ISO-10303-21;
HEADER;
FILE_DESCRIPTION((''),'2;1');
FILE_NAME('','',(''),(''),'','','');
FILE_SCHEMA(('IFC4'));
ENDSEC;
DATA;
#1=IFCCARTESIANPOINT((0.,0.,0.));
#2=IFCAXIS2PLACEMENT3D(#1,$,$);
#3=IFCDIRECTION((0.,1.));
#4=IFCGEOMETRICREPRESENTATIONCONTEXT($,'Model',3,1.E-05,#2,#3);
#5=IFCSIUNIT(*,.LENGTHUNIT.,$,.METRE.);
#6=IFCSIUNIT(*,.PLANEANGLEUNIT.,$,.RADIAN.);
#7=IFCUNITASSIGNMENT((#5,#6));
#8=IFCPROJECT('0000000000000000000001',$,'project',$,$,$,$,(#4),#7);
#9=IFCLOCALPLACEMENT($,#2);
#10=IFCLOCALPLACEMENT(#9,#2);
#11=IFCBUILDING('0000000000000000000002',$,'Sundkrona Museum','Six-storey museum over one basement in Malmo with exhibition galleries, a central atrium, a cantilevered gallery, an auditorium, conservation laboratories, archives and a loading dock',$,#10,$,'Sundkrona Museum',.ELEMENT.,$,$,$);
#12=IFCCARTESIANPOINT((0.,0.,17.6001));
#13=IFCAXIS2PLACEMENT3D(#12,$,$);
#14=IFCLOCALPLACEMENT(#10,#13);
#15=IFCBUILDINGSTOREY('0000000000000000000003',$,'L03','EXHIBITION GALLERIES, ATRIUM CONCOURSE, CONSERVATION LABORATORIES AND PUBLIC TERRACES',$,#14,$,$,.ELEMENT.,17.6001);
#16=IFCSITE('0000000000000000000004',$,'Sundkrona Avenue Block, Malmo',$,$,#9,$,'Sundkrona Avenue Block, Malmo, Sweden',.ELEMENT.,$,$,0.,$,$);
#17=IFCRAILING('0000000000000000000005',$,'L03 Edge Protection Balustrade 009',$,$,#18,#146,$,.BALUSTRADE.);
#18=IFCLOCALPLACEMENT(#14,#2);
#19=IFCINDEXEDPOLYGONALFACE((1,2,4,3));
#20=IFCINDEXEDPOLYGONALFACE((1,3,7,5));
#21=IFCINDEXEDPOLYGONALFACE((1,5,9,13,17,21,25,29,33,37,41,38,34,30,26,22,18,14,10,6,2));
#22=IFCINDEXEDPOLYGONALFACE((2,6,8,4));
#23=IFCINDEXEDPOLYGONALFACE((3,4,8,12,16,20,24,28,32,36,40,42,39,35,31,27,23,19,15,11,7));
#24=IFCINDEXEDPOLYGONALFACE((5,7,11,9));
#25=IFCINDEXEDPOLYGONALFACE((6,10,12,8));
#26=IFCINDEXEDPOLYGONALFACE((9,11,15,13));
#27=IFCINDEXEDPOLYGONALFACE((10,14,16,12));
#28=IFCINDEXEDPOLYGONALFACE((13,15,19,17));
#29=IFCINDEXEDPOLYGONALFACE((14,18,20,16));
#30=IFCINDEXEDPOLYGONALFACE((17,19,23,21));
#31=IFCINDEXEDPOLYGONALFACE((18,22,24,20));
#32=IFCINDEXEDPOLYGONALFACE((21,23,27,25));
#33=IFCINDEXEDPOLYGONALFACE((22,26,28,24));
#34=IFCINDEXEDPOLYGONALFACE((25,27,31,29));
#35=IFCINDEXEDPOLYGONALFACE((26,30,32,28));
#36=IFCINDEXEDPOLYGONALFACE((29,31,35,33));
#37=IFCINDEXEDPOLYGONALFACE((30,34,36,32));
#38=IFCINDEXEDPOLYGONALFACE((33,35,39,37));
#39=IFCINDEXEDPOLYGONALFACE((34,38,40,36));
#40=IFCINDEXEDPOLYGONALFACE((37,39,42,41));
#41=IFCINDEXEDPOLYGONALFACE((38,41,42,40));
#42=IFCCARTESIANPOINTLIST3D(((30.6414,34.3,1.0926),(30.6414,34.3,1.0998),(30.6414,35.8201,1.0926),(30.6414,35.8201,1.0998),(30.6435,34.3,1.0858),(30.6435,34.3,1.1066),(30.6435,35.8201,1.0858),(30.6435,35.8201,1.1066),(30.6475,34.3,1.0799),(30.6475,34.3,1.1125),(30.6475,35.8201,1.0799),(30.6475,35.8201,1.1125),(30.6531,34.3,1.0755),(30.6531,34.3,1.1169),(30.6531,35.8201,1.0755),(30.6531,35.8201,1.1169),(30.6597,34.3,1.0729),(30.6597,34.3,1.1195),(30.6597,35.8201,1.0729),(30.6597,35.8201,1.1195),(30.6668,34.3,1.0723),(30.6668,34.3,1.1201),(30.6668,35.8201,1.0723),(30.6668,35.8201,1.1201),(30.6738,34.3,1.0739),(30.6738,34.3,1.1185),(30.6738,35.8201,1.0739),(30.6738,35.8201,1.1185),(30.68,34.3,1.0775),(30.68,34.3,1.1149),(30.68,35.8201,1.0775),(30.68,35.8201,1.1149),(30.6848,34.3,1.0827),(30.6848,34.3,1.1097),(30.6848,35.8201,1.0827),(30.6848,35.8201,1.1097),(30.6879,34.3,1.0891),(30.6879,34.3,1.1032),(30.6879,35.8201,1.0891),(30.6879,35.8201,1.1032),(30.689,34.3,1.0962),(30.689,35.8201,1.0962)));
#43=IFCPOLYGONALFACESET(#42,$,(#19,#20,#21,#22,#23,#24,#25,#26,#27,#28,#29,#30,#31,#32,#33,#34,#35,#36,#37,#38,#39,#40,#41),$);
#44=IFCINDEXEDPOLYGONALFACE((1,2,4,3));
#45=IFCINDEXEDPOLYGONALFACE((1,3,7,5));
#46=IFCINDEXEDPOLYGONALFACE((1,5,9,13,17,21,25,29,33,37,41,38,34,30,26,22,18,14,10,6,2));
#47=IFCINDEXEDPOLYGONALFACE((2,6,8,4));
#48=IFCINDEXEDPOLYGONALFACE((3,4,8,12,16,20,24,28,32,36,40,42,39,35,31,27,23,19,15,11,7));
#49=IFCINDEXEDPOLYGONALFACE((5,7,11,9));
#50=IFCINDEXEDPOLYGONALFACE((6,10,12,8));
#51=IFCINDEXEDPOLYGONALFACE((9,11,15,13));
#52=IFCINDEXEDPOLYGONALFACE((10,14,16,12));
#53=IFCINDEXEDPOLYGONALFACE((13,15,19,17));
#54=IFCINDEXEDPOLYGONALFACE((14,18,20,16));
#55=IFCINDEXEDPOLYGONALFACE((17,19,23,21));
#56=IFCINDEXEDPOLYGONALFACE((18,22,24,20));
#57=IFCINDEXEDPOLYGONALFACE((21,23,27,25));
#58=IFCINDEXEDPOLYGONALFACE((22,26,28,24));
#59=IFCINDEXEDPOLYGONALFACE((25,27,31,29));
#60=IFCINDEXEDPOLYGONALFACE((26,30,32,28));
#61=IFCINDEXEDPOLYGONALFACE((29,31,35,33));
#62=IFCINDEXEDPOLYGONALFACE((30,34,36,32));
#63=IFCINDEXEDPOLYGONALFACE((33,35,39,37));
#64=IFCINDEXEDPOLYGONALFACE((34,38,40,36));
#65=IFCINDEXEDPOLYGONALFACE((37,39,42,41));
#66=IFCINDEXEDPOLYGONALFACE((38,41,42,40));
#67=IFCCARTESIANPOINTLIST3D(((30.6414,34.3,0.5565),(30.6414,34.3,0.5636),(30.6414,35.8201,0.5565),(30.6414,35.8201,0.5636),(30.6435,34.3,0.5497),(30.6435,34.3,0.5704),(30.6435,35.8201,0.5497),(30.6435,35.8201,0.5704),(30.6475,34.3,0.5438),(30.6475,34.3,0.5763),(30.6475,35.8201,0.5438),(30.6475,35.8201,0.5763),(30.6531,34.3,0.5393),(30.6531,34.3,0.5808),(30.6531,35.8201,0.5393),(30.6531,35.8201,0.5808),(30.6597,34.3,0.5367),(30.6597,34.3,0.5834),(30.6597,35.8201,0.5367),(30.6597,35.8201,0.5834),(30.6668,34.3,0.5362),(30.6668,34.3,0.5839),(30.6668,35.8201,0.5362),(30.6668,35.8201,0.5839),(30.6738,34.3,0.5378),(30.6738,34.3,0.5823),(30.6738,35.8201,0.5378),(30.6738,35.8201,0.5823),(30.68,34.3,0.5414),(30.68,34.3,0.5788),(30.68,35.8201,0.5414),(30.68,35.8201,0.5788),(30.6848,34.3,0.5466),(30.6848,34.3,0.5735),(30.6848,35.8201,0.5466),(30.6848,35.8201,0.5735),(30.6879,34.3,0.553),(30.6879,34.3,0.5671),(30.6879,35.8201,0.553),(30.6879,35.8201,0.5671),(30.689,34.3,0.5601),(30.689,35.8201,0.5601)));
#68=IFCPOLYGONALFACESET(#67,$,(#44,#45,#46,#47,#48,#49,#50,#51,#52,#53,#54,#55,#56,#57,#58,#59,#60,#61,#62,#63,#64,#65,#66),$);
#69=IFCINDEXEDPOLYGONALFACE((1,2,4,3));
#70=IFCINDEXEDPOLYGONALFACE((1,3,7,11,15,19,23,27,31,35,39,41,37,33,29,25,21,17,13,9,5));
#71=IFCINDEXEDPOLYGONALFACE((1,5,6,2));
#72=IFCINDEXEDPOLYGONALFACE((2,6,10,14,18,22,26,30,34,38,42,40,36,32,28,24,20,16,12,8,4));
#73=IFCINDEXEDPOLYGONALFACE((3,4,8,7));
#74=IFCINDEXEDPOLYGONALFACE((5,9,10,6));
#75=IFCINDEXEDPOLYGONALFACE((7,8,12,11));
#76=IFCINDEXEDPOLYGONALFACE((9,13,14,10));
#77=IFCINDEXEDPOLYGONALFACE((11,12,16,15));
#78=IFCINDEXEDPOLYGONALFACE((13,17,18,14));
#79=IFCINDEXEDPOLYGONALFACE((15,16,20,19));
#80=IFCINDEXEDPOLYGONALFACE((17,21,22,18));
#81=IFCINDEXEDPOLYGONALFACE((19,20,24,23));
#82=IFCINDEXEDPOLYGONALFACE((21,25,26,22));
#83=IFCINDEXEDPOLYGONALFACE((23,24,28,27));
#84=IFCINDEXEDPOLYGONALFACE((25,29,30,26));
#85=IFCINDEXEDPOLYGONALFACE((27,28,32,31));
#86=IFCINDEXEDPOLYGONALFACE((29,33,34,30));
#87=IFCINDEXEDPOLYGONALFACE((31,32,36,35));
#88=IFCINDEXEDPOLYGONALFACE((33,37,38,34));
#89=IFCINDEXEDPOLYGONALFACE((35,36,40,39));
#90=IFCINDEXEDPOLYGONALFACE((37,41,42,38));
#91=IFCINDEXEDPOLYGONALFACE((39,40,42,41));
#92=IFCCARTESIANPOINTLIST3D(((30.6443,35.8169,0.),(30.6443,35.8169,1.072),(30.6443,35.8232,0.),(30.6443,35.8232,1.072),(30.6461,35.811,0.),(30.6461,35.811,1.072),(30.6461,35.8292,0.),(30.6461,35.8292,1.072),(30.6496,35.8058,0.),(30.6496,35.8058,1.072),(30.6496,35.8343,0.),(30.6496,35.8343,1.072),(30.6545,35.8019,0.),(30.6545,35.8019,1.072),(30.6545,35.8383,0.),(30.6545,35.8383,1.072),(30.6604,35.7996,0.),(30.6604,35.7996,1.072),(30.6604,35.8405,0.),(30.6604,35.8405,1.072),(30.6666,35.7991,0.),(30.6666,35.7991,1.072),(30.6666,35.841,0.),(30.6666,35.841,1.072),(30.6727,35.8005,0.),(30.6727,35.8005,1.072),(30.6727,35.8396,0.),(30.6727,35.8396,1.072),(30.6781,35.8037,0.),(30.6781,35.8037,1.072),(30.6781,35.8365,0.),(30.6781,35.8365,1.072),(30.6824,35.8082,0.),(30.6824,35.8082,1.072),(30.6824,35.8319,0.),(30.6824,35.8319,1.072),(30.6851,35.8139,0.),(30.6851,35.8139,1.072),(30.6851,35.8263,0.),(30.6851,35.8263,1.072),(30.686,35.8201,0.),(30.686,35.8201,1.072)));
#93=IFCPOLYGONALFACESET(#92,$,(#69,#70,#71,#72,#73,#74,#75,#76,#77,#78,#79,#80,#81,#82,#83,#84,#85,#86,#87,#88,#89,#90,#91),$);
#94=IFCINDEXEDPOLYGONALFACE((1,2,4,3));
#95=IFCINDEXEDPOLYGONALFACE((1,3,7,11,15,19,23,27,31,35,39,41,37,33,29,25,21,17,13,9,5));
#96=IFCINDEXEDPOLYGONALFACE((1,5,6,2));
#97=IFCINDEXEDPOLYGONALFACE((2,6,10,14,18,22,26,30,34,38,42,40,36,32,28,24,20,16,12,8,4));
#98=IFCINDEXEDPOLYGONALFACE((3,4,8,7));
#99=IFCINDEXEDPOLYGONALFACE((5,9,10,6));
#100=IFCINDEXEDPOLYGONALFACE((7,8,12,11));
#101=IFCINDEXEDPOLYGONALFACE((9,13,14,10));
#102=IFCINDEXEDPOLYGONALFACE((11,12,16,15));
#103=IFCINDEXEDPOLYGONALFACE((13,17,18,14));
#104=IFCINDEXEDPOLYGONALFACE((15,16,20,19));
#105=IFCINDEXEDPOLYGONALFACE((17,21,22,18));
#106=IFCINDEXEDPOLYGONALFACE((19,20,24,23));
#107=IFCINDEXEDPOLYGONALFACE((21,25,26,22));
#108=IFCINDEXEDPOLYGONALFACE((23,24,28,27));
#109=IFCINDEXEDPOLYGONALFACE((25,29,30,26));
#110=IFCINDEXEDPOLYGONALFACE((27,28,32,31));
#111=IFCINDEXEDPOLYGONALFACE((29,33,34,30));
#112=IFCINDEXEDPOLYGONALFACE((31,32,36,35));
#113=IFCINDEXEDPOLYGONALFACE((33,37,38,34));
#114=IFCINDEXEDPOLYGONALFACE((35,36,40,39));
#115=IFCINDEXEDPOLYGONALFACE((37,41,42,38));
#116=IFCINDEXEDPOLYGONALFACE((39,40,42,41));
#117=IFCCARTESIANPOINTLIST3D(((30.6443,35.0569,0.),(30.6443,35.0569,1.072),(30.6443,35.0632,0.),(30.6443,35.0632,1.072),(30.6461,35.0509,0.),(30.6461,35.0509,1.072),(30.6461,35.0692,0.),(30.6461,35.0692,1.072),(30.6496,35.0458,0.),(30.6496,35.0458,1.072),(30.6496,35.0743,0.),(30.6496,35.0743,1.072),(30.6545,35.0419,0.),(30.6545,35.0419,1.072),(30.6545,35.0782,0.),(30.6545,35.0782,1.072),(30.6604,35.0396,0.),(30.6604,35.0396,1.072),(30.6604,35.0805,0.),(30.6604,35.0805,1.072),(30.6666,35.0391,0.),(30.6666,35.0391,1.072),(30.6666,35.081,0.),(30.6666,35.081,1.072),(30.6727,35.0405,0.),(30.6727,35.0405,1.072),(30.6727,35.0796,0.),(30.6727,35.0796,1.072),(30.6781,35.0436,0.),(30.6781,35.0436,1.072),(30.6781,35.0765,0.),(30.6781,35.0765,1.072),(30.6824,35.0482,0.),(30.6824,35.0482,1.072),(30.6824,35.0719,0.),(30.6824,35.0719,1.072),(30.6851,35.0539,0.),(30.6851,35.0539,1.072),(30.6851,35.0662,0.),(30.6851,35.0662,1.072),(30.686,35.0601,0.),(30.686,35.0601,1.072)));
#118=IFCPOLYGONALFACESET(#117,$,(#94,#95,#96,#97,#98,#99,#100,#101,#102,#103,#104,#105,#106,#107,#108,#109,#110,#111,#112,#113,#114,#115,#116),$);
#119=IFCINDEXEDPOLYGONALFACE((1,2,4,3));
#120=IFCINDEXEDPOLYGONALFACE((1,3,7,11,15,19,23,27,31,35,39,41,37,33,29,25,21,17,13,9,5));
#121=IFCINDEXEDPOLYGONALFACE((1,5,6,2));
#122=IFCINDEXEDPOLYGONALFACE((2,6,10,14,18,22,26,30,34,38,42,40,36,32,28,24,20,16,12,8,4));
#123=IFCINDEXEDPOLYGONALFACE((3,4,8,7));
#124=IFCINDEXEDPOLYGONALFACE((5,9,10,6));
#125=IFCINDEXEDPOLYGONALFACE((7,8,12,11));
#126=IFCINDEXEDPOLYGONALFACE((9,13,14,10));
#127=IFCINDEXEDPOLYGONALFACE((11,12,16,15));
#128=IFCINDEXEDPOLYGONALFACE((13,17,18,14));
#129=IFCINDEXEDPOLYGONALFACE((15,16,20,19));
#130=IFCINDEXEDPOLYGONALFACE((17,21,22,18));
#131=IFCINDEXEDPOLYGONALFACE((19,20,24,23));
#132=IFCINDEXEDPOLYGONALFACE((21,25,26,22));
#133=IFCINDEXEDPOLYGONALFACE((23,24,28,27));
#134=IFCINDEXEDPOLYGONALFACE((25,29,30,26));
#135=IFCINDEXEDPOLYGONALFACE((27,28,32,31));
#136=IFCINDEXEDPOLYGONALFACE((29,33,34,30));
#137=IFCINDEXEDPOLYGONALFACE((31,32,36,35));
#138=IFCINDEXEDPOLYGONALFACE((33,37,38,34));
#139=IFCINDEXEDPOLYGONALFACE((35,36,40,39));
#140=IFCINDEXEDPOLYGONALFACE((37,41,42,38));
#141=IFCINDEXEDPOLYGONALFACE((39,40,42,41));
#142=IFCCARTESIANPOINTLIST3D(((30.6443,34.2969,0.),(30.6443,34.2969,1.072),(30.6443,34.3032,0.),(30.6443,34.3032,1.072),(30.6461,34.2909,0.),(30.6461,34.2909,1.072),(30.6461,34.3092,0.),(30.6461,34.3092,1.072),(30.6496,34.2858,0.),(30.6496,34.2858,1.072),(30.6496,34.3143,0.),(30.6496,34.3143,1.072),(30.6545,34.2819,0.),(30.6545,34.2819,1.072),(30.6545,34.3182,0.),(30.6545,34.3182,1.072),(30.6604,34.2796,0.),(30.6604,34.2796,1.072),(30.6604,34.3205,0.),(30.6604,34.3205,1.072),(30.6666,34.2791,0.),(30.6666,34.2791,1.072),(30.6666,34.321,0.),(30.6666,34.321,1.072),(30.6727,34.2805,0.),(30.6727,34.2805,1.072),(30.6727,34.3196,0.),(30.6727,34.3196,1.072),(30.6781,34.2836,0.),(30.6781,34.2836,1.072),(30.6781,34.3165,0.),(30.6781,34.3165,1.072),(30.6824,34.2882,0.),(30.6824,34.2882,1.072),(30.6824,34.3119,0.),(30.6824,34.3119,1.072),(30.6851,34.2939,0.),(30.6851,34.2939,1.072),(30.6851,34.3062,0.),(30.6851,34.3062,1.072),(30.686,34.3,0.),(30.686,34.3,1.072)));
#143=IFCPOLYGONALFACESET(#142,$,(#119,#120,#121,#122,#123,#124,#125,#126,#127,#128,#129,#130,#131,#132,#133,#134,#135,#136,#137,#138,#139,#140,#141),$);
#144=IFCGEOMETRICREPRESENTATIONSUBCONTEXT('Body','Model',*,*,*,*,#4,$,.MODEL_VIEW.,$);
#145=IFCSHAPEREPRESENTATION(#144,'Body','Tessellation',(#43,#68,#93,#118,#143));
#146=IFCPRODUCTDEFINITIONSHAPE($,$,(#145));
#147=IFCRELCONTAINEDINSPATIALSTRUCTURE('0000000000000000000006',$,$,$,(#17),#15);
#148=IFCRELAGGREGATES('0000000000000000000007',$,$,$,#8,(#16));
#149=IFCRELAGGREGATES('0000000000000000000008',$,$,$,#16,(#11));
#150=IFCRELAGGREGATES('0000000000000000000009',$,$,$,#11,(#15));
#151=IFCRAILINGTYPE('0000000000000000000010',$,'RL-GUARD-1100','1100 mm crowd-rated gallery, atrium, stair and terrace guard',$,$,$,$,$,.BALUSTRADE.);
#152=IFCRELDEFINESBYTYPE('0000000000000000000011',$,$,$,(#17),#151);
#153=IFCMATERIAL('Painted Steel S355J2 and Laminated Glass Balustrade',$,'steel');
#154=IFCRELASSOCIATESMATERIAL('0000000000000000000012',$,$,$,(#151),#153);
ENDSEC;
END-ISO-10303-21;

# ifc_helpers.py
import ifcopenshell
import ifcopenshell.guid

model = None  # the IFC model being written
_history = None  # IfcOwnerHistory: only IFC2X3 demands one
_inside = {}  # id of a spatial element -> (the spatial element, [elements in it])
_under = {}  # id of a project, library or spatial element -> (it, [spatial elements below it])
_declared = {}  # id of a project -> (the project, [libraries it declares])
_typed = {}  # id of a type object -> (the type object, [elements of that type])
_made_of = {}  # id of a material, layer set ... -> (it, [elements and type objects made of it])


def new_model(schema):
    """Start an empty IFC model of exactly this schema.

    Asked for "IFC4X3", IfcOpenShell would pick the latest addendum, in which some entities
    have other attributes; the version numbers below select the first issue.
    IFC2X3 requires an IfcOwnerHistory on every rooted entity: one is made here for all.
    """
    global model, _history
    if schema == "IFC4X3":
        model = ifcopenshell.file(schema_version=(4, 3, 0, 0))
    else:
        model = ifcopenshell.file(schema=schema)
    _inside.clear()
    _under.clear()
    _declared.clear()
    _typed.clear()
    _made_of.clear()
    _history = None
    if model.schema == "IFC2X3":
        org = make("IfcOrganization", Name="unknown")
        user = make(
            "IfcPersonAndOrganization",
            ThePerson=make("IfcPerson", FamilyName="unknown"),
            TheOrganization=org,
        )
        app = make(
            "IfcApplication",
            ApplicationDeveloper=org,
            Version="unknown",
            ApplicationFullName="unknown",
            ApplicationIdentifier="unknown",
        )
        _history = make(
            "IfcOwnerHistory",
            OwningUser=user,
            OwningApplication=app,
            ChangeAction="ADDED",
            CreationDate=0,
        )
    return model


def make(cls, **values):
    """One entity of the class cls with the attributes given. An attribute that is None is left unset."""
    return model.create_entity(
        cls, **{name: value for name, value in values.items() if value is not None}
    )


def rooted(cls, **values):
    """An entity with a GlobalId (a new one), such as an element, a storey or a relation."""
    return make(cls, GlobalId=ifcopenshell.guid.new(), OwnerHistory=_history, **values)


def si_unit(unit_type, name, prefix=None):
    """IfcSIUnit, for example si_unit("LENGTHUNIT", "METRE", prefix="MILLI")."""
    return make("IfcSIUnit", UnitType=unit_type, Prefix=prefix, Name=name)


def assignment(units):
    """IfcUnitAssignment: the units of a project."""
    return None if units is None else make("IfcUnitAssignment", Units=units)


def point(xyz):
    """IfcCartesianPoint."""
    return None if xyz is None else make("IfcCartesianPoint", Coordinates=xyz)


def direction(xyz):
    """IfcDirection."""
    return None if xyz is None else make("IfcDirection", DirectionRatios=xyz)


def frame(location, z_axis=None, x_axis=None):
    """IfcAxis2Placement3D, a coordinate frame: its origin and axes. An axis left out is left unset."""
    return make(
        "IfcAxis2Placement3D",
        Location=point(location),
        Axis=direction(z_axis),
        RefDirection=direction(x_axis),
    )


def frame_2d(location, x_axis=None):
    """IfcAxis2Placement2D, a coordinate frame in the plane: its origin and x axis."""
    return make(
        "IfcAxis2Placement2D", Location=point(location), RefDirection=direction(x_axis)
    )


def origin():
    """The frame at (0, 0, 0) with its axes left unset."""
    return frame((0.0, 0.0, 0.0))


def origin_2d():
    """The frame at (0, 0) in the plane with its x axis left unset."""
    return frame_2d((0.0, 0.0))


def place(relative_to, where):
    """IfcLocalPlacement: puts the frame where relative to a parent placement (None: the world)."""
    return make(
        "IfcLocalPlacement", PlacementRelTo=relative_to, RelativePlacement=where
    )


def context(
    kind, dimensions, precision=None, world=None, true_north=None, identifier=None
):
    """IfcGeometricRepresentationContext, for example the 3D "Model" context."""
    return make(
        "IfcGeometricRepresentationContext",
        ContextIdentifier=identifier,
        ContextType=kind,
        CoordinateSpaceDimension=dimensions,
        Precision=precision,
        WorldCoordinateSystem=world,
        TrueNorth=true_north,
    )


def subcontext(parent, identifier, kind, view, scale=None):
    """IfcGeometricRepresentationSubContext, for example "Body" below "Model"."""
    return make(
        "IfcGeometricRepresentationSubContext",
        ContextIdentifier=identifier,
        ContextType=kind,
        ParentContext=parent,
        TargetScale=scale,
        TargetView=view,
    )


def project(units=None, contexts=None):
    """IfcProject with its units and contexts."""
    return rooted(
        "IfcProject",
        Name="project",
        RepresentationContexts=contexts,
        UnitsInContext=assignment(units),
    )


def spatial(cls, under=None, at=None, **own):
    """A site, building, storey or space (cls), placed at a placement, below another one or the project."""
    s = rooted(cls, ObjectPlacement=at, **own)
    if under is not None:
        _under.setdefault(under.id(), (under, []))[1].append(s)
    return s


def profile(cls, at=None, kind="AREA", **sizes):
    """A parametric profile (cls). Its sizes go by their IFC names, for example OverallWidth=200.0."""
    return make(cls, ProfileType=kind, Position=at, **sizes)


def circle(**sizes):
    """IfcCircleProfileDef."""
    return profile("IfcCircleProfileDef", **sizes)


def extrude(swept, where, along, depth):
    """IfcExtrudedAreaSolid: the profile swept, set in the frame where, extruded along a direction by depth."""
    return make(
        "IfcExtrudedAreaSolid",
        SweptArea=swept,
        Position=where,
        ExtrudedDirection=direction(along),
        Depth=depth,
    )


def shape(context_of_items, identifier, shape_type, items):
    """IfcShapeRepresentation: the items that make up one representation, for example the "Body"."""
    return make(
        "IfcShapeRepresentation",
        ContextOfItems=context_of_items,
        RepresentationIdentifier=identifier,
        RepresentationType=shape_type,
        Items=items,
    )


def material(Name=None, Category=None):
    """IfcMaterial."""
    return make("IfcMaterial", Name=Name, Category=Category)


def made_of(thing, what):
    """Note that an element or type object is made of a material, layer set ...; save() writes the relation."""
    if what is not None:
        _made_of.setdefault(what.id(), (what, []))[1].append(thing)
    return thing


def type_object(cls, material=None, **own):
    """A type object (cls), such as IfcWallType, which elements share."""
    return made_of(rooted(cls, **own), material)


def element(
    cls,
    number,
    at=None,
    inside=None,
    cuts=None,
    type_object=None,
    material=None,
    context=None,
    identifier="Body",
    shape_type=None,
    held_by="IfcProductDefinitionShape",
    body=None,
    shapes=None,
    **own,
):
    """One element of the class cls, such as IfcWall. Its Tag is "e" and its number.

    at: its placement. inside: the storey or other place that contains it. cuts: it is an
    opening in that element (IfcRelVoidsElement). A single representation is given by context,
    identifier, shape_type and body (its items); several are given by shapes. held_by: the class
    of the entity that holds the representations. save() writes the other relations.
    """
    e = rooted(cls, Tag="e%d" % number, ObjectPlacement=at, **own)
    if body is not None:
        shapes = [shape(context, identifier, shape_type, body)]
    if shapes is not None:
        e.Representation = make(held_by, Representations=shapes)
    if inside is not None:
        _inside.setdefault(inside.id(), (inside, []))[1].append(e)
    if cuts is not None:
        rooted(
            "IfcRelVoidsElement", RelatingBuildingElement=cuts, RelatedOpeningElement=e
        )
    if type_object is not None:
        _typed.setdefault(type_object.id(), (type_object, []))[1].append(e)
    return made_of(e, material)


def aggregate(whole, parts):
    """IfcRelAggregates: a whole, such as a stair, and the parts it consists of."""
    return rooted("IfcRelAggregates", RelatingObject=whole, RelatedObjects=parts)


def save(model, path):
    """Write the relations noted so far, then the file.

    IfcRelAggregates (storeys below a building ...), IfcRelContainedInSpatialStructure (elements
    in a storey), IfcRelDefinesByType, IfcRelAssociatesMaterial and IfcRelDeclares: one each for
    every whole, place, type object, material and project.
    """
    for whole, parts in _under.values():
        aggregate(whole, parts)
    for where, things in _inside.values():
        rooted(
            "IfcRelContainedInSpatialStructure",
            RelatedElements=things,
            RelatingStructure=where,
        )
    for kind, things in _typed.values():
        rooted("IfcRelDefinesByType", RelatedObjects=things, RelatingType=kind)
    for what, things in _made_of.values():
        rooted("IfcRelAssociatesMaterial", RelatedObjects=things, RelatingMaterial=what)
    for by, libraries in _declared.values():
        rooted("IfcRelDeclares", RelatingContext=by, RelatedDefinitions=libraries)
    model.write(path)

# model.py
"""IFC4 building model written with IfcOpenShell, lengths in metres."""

from ifc_helpers import new_model, si_unit, direction, frame, origin, origin_2d, place, context, subcontext, project, spatial, circle, extrude, material, type_object, element, save


model = new_model("IFC4")

# Units and contexts
model_context = context("Model", 3, precision=1e-05, world=origin(), true_north=direction((0.0, 1.0)))
body_context = subcontext(model_context, "Body", "Model", "MODEL_VIEW")
ifc_project = project(units=[si_unit("LENGTHUNIT", "METRE"), si_unit("PLANEANGLEUNIT", "RADIAN")], contexts=[model_context])

# Site, building, storey
site_placement = place(None, origin())
site = spatial("IfcSite", under=ifc_project, at=site_placement, Name="Sundkrona Avenue Block, Malmo", LongName="Sundkrona Avenue Block, Malmo, Sweden", CompositionType="ELEMENT", RefElevation=0.0)
building_placement = place(site_placement, origin())
building = spatial("IfcBuilding", under=site, at=building_placement, Name="Sundkrona Museum", Description="Six-storey museum over one basement in Malmo with exhibition galleries, a central atrium, a cantilevered gallery, an auditorium, conservation laboratories, archives and a loading dock", LongName="Sundkrona Museum", CompositionType="ELEMENT")
storey_placement = place(building_placement, frame((0.0, 0.0, 17.6001)))
storey = spatial("IfcBuildingStorey", under=building, at=storey_placement, Name="L03", Description="EXHIBITION GALLERIES, ATRIUM CONCOURSE, CONSERVATION LABORATORIES AND PUBLIC TERRACES", CompositionType="ELEMENT", Elevation=17.6001)

# Railing
ifc_material_1 = material(Name="Painted Steel S355J2 and Laminated Glass Balustrade", Category="steel")
railing_type_1 = type_object("IfcRailingType", Name="RL-GUARD-1100", Description="1100 mm crowd-rated gallery, atrium, stair and terrace guard", PredefinedType="BALUSTRADE", material=ifc_material_1)
for number, where, name in (
    (1, (30.665, 35.8201, 0.0), "L03 Edge Protection Balustrade 009"),
):
    element("IfcRailing", number, at=place(storey_placement, frame(where)), inside=storey, type_object=railing_type_1, Name=name, PredefinedType="BALUSTRADE", context=body_context, shape_type="SweptSolid", body=[
        extrude(circle(Radius=0.0239, at=origin_2d()), frame((0.0, 0.0, 1.0962), z_axis=(0.0, -1.0, 0.0), x_axis=(1.0, 0.0, 0.0)), (0.0, 0.0, 1.0), 1.52),
        extrude(circle(Radius=0.0239, at=origin_2d()), frame((0.0, 0.0, 0.5601), z_axis=(0.0, -1.0, 0.0), x_axis=(1.0, 0.0, 0.0)), (0.0, 0.0, 1.0), 1.52),
        extrude(circle(Radius=0.021, at=origin_2d()), origin(), (0.0, 0.0, 1.0), 1.072),
        extrude(circle(Radius=0.021, at=origin_2d()), frame((0.0, -0.76, 0.0)), (0.0, 0.0, 1.0), 1.072),
        extrude(circle(Radius=0.021, at=origin_2d()), frame((0.0, -1.52, 0.0)), (0.0, 0.0, 1.0), 1.072),
    ])

save(model, "model.ifc")
